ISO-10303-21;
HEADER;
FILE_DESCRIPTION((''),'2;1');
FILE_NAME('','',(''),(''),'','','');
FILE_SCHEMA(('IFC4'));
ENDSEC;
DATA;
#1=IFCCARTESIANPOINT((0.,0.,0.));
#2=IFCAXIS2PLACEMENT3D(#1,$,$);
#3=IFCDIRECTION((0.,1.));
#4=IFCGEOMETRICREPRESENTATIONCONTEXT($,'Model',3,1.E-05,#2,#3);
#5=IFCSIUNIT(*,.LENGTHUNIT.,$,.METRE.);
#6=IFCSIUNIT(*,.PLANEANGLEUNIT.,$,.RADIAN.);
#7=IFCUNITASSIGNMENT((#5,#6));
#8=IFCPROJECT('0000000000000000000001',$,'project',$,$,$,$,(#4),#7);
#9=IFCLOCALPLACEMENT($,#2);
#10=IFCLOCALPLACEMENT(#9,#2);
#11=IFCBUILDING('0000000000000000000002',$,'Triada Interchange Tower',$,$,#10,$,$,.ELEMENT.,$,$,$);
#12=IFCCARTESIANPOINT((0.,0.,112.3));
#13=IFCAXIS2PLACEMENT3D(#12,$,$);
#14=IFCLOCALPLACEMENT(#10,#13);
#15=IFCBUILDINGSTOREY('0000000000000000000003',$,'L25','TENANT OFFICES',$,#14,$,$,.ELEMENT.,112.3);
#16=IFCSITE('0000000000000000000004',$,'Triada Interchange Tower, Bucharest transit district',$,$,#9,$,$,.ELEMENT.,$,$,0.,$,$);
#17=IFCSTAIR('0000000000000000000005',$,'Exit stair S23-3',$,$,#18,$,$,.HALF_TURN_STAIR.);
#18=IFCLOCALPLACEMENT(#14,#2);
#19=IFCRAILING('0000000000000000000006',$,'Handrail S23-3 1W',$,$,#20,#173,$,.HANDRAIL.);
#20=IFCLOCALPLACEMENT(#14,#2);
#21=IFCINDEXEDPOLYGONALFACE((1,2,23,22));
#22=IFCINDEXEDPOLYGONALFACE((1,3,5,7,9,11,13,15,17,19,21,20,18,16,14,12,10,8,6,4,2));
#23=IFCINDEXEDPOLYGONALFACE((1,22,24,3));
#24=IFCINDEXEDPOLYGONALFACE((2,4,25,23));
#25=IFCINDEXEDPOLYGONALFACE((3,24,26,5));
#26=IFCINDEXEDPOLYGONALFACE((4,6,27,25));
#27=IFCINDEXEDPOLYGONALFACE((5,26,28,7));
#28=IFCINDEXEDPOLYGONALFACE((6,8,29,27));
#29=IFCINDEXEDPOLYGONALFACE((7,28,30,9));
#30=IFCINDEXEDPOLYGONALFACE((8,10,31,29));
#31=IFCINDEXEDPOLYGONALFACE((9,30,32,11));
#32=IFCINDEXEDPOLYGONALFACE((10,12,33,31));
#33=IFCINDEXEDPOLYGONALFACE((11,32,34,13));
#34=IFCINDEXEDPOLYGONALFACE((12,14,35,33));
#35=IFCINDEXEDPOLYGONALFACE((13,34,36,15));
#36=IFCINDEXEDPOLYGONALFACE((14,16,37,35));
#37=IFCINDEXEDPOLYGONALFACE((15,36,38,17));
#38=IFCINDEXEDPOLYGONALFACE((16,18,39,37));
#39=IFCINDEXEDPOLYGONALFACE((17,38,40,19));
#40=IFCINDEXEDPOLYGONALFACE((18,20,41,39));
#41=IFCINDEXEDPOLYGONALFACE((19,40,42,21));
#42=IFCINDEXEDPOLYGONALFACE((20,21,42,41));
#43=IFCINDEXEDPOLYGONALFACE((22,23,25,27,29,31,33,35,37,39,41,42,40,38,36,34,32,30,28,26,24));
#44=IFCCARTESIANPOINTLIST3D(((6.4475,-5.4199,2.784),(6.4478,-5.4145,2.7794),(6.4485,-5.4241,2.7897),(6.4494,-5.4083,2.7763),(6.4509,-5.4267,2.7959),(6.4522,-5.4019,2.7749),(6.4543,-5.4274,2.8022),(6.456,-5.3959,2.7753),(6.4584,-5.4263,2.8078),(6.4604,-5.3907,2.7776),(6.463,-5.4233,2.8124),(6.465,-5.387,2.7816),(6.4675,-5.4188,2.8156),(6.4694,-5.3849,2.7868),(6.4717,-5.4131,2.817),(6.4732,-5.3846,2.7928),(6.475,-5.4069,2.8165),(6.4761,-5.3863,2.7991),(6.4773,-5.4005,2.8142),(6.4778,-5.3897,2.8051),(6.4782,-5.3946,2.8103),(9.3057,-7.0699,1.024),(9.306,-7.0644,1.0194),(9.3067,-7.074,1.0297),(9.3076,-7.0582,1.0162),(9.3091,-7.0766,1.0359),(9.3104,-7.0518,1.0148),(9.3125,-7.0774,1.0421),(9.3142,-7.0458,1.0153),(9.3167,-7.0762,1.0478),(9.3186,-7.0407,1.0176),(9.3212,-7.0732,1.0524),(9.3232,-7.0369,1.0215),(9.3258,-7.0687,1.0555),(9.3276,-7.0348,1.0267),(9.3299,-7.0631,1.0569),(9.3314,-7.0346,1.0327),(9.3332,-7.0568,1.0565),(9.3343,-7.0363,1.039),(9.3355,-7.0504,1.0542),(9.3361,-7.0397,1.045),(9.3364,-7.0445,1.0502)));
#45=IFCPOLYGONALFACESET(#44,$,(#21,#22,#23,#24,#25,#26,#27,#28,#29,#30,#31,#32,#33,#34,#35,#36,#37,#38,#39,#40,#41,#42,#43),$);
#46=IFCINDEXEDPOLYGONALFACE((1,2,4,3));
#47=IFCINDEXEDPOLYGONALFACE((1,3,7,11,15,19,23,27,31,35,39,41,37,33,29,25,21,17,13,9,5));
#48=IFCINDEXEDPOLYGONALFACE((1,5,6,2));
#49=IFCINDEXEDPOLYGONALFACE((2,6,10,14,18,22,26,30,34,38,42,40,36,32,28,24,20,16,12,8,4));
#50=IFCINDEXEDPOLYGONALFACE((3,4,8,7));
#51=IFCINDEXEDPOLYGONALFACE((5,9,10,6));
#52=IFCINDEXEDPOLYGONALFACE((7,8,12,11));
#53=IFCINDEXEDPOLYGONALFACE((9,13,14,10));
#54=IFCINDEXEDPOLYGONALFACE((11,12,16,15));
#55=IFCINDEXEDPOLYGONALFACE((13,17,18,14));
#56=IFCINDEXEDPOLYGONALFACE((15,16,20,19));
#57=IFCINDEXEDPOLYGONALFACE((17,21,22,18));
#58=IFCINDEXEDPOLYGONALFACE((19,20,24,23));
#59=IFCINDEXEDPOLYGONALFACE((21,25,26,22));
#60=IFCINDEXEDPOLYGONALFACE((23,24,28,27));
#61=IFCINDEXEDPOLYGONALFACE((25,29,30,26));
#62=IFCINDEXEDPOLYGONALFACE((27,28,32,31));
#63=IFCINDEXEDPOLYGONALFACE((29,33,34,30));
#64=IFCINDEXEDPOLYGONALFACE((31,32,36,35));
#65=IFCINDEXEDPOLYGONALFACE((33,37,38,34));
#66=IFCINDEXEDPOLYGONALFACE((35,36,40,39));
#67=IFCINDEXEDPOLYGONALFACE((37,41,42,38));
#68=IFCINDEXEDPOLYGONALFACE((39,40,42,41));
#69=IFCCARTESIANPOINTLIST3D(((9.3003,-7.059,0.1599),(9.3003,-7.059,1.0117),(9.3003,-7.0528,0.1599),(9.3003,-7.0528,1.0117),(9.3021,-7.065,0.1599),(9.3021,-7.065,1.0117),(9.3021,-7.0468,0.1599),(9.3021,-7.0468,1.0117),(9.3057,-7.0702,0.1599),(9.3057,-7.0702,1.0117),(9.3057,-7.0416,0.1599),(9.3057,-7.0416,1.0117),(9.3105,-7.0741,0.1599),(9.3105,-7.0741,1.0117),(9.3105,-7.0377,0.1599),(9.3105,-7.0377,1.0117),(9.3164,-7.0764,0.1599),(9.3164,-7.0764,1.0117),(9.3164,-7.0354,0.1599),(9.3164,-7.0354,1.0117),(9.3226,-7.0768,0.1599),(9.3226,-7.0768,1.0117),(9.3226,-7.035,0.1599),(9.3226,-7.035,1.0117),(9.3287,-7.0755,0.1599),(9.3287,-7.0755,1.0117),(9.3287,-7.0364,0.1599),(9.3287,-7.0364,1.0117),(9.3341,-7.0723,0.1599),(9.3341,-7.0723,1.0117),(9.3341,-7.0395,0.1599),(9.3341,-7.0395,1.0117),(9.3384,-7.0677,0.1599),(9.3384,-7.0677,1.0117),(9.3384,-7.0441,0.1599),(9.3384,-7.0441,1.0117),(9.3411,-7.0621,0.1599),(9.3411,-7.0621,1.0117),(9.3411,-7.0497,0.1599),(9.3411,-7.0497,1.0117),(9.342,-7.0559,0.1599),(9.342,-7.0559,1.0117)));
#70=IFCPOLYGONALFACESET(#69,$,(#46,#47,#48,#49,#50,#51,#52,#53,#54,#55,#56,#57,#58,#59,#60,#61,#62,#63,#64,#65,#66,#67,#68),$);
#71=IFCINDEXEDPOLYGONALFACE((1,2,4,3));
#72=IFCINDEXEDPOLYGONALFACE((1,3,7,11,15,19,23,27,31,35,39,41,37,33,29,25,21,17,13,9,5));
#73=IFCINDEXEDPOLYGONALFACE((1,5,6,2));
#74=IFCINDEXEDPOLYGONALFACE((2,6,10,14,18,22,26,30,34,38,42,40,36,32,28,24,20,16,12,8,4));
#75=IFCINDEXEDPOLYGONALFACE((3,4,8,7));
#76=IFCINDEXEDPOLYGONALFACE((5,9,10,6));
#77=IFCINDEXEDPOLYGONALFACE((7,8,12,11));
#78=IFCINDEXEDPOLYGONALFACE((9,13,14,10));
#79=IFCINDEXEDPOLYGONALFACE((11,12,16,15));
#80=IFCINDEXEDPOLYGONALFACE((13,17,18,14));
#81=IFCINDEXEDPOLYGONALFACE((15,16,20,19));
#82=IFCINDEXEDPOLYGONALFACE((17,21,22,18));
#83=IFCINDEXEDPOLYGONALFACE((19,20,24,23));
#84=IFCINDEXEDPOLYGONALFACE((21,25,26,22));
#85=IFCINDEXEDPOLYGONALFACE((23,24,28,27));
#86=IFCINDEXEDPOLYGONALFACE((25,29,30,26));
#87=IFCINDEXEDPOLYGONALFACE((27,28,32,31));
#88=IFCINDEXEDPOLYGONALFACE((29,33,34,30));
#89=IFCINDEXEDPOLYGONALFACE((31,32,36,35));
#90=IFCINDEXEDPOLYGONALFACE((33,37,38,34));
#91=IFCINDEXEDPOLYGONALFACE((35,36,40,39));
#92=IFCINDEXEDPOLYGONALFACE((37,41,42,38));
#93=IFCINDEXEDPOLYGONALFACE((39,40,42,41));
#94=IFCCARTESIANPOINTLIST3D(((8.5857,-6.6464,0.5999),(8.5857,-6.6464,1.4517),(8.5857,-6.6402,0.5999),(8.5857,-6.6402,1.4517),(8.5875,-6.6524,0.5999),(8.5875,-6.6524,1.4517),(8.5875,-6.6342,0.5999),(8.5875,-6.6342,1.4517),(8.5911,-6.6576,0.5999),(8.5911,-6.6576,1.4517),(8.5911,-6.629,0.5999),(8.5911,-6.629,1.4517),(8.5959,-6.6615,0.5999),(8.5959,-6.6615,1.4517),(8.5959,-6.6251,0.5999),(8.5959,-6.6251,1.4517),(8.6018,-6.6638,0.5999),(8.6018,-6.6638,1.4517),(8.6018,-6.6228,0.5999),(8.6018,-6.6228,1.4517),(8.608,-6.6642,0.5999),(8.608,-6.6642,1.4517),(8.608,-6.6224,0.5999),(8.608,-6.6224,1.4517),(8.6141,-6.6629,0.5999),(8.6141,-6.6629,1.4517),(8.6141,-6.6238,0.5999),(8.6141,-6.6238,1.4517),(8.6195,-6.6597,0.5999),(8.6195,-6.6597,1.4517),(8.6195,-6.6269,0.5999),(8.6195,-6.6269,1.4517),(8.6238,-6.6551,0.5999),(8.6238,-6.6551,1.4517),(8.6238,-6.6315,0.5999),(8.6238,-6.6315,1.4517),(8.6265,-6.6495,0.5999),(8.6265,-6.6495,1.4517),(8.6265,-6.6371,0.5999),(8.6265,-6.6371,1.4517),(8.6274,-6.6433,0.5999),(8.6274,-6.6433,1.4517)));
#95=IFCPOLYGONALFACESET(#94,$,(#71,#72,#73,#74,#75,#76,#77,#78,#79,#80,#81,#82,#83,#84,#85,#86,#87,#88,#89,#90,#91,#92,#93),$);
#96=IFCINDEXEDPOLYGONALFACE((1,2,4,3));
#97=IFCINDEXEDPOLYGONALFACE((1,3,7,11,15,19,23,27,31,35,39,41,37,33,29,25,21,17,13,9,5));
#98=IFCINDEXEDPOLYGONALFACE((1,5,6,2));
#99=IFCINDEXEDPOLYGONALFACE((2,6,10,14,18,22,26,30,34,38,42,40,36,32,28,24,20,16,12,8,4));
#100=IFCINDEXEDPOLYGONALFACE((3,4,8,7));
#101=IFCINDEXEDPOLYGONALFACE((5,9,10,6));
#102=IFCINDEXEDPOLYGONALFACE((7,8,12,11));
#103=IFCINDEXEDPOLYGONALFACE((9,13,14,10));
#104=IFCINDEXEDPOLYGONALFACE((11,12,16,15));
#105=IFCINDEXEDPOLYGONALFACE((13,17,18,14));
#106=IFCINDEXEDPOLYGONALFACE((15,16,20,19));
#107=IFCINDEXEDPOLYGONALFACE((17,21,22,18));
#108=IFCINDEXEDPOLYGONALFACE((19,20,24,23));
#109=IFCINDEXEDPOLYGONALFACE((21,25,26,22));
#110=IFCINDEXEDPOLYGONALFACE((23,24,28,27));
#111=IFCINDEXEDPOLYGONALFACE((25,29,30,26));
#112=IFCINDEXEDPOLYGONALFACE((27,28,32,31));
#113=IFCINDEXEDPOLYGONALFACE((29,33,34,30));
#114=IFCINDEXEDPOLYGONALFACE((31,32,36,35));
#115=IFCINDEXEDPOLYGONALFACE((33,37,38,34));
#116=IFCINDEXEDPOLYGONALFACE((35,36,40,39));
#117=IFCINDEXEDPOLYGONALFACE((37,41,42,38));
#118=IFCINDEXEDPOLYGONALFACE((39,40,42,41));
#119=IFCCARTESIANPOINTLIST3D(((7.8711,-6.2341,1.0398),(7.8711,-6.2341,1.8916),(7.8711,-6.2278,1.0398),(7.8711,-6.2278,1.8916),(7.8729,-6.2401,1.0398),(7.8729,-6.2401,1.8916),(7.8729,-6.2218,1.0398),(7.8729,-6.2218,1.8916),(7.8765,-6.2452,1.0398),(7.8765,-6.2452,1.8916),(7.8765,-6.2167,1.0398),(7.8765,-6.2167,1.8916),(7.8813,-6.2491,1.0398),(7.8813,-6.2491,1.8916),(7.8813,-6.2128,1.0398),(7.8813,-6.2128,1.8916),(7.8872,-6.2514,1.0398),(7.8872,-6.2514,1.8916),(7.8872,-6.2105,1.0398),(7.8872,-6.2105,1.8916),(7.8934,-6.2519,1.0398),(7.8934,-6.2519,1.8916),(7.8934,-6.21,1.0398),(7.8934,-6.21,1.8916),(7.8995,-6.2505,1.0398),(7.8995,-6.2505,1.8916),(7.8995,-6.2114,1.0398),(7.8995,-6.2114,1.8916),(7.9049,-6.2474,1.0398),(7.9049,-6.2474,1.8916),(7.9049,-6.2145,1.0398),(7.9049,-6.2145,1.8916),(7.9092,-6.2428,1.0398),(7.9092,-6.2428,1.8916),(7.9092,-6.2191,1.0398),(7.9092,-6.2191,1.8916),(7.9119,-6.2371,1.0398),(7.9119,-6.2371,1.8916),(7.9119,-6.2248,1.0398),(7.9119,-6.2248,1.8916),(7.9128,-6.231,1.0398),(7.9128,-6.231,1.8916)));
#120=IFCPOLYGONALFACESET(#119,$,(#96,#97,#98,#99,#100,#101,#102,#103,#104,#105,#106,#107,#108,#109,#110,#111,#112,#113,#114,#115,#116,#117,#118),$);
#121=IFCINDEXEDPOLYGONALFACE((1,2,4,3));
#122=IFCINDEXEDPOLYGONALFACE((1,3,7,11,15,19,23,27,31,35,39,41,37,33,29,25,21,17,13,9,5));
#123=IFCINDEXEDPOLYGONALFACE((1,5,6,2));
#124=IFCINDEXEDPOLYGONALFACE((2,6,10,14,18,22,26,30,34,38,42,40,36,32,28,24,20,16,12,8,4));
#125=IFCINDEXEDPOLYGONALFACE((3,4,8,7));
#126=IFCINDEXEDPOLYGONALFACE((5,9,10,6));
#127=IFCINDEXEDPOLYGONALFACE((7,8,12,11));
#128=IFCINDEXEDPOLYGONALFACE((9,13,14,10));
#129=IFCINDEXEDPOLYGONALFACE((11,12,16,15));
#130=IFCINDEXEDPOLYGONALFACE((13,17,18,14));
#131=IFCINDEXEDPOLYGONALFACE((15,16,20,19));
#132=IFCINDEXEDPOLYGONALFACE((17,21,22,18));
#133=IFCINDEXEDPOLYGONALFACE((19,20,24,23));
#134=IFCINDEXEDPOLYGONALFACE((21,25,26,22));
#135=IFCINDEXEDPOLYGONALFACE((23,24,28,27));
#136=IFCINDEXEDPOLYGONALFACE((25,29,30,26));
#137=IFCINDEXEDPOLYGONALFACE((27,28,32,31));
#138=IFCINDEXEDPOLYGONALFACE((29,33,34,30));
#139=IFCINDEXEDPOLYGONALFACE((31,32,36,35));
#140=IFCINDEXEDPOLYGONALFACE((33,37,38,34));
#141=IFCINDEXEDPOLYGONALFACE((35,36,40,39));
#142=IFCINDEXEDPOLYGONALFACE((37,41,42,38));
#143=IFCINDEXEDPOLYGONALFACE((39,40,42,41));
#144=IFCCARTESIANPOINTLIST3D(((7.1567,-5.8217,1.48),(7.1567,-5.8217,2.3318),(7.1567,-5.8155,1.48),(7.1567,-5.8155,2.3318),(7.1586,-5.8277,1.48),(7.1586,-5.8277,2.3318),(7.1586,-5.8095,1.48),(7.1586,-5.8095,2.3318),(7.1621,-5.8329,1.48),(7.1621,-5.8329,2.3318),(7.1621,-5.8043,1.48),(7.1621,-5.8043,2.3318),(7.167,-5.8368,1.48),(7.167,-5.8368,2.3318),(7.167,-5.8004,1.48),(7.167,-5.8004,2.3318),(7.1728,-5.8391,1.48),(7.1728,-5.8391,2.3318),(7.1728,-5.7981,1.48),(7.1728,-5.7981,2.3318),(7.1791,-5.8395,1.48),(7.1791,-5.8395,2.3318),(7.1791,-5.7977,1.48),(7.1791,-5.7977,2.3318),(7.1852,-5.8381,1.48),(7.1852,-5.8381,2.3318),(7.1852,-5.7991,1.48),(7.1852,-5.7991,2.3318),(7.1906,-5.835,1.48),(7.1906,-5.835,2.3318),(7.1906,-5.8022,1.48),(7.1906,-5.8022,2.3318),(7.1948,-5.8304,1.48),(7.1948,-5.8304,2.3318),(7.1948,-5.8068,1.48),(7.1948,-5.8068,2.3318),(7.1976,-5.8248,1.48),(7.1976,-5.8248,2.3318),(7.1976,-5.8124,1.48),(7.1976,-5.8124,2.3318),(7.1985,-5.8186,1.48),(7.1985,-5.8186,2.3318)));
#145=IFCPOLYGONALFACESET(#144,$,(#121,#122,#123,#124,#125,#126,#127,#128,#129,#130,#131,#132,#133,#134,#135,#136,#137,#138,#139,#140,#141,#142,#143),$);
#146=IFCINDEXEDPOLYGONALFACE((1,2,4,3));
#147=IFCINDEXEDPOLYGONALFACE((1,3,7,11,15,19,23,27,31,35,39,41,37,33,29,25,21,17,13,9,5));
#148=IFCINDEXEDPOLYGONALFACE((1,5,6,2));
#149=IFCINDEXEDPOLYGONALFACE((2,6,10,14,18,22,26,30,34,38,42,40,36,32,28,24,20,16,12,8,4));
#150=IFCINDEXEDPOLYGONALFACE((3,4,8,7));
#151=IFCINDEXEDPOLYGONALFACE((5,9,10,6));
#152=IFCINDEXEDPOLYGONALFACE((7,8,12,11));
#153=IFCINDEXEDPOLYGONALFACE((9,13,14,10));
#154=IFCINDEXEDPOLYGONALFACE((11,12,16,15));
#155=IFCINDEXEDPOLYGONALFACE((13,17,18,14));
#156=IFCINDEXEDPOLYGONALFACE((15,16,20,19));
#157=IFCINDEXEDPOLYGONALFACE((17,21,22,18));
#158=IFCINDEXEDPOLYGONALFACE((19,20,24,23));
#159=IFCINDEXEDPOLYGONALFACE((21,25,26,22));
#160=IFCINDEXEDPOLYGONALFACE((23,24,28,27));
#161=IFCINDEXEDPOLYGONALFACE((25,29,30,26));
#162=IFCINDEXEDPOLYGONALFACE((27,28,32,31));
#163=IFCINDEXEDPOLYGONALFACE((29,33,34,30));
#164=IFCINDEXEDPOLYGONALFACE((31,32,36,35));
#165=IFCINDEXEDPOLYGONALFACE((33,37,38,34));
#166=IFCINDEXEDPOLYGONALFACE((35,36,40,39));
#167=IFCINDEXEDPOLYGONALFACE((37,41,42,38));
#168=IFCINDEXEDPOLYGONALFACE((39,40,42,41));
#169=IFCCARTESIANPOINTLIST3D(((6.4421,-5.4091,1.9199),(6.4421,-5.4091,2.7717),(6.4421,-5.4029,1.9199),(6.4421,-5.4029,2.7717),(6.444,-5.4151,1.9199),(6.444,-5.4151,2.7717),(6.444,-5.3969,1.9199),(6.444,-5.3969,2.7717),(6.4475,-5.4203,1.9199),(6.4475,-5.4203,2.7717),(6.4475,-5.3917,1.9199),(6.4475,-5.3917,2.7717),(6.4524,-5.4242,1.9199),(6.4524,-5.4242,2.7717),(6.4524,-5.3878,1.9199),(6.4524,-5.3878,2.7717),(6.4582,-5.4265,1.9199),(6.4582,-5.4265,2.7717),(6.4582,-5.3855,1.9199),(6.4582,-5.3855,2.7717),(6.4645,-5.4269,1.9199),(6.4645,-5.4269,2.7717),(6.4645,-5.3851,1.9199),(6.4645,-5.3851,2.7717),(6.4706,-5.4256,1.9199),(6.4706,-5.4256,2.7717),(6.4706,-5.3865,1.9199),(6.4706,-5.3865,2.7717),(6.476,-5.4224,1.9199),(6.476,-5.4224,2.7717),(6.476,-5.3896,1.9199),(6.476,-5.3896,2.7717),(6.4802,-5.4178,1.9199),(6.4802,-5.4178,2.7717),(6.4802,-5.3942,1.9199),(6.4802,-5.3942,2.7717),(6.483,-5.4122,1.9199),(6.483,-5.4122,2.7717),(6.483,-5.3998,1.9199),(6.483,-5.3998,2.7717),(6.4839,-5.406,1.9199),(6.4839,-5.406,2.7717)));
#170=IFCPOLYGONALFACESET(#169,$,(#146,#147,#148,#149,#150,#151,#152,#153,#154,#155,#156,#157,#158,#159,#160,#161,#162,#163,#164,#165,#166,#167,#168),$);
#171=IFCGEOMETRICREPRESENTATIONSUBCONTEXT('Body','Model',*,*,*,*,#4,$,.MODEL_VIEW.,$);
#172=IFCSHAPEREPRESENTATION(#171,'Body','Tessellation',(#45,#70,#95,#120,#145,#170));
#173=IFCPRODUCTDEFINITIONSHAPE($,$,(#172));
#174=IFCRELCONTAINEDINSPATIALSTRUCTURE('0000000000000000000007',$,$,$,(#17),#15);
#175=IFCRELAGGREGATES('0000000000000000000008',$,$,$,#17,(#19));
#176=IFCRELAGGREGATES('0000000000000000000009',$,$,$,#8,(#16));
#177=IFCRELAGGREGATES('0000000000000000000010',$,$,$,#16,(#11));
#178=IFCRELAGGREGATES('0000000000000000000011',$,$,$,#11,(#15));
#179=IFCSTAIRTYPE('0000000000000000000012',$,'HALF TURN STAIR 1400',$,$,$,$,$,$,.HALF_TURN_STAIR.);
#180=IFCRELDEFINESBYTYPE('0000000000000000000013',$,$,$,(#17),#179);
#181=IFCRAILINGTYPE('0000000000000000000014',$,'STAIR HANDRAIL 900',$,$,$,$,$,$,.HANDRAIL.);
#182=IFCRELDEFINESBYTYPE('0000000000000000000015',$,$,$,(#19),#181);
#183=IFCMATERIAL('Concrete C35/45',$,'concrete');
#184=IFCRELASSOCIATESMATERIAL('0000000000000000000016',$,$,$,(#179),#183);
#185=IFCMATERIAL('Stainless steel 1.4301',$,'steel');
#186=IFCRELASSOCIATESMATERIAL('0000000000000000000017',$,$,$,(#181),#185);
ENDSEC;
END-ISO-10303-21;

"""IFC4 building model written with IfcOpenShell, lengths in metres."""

from ifc_helpers import new_model, si_unit, direction, frame, origin, origin_2d, place, context, subcontext, project, spatial, circle, extrude, material, type_object, element, aggregate, save


model = new_model("IFC4")

# Units and contexts
model_context = context("Model", 3, precision=1e-05, world=origin(), true_north=direction((0.0, 1.0)))
body_context = subcontext(model_context, "Body", "Model", "MODEL_VIEW")
ifc_project = project(units=[si_unit("LENGTHUNIT", "METRE"), si_unit("PLANEANGLEUNIT", "RADIAN")], contexts=[model_context])

# Site, building, storey
site_placement = place(None, origin())
site = spatial("IfcSite", under=ifc_project, at=site_placement, Name="Triada Interchange Tower, Bucharest transit district", CompositionType="ELEMENT", RefElevation=0.0)
building_placement = place(site_placement, origin())
building = spatial("IfcBuilding", under=site, at=building_placement, Name="Triada Interchange Tower", CompositionType="ELEMENT")
storey_placement = place(building_placement, frame((0.0, 0.0, 112.3)))
storey = spatial("IfcBuildingStorey", under=building, at=storey_placement, Name="L25", Description="TENANT OFFICES", CompositionType="ELEMENT", Elevation=112.3)

# Stair, railing
ifc_material_1 = material(Name="Concrete C35/45", Category="concrete")
stair_type = type_object("IfcStairType", Name="HALF TURN STAIR 1400", PredefinedType="HALF_TURN_STAIR", material=ifc_material_1)
stair_placement = place(storey_placement, origin())
stair = element("IfcStair", 1, at=stair_placement, inside=storey, type_object=stair_type, Name="Exit stair S23-3", PredefinedType="HALF_TURN_STAIR")
ifc_material_2 = material(Name="Stainless steel 1.4301", Category="steel")
railing_type = type_object("IfcRailingType", Name="STAIR HANDRAIL 900", PredefinedType="HANDRAIL", material=ifc_material_2)
railing_1_placement = place(storey_placement, frame((9.321, -7.0559, 0.1599)))
railing_1 = element("IfcRailing", 2, at=railing_1_placement, type_object=railing_type, Name="Handrail S23-3 1W", PredefinedType="HANDRAIL", context=body_context, shape_type="SweptSolid", body=[
    extrude(circle(Radius=0.0239, at=origin_2d()), frame((0.0, 0.0, 0.876), z_axis=(-0.764178, 0.441131, 0.47057), x_axis=(-0.499942, -0.866059, 0.0)), (0.0, 0.0, 1.0), 3.7402),
    extrude(circle(Radius=0.021, at=origin_2d()), origin(), (0.0, 0.0, 1.0), 0.8518),
    extrude(circle(Radius=0.021, at=origin_2d()), frame((-0.7146, 0.4126, 0.4399)), (0.0, 0.0, 1.0), 0.8518),
    extrude(circle(Radius=0.021, at=origin_2d()), frame((-1.4292, 0.825, 0.8799)), (0.0, 0.0, 1.0), 0.8518),
    extrude(circle(Radius=0.021, at=origin_2d()), frame((-2.1436, 1.2373, 1.3201)), (0.0, 0.0, 1.0), 0.8518),
    extrude(circle(Radius=0.021, at=origin_2d()), frame((-2.8582, 1.6499, 1.76)), (0.0, 0.0, 1.0), 0.8518),
])
aggregate(stair, [railing_1])

save(model, "model.ifc")
